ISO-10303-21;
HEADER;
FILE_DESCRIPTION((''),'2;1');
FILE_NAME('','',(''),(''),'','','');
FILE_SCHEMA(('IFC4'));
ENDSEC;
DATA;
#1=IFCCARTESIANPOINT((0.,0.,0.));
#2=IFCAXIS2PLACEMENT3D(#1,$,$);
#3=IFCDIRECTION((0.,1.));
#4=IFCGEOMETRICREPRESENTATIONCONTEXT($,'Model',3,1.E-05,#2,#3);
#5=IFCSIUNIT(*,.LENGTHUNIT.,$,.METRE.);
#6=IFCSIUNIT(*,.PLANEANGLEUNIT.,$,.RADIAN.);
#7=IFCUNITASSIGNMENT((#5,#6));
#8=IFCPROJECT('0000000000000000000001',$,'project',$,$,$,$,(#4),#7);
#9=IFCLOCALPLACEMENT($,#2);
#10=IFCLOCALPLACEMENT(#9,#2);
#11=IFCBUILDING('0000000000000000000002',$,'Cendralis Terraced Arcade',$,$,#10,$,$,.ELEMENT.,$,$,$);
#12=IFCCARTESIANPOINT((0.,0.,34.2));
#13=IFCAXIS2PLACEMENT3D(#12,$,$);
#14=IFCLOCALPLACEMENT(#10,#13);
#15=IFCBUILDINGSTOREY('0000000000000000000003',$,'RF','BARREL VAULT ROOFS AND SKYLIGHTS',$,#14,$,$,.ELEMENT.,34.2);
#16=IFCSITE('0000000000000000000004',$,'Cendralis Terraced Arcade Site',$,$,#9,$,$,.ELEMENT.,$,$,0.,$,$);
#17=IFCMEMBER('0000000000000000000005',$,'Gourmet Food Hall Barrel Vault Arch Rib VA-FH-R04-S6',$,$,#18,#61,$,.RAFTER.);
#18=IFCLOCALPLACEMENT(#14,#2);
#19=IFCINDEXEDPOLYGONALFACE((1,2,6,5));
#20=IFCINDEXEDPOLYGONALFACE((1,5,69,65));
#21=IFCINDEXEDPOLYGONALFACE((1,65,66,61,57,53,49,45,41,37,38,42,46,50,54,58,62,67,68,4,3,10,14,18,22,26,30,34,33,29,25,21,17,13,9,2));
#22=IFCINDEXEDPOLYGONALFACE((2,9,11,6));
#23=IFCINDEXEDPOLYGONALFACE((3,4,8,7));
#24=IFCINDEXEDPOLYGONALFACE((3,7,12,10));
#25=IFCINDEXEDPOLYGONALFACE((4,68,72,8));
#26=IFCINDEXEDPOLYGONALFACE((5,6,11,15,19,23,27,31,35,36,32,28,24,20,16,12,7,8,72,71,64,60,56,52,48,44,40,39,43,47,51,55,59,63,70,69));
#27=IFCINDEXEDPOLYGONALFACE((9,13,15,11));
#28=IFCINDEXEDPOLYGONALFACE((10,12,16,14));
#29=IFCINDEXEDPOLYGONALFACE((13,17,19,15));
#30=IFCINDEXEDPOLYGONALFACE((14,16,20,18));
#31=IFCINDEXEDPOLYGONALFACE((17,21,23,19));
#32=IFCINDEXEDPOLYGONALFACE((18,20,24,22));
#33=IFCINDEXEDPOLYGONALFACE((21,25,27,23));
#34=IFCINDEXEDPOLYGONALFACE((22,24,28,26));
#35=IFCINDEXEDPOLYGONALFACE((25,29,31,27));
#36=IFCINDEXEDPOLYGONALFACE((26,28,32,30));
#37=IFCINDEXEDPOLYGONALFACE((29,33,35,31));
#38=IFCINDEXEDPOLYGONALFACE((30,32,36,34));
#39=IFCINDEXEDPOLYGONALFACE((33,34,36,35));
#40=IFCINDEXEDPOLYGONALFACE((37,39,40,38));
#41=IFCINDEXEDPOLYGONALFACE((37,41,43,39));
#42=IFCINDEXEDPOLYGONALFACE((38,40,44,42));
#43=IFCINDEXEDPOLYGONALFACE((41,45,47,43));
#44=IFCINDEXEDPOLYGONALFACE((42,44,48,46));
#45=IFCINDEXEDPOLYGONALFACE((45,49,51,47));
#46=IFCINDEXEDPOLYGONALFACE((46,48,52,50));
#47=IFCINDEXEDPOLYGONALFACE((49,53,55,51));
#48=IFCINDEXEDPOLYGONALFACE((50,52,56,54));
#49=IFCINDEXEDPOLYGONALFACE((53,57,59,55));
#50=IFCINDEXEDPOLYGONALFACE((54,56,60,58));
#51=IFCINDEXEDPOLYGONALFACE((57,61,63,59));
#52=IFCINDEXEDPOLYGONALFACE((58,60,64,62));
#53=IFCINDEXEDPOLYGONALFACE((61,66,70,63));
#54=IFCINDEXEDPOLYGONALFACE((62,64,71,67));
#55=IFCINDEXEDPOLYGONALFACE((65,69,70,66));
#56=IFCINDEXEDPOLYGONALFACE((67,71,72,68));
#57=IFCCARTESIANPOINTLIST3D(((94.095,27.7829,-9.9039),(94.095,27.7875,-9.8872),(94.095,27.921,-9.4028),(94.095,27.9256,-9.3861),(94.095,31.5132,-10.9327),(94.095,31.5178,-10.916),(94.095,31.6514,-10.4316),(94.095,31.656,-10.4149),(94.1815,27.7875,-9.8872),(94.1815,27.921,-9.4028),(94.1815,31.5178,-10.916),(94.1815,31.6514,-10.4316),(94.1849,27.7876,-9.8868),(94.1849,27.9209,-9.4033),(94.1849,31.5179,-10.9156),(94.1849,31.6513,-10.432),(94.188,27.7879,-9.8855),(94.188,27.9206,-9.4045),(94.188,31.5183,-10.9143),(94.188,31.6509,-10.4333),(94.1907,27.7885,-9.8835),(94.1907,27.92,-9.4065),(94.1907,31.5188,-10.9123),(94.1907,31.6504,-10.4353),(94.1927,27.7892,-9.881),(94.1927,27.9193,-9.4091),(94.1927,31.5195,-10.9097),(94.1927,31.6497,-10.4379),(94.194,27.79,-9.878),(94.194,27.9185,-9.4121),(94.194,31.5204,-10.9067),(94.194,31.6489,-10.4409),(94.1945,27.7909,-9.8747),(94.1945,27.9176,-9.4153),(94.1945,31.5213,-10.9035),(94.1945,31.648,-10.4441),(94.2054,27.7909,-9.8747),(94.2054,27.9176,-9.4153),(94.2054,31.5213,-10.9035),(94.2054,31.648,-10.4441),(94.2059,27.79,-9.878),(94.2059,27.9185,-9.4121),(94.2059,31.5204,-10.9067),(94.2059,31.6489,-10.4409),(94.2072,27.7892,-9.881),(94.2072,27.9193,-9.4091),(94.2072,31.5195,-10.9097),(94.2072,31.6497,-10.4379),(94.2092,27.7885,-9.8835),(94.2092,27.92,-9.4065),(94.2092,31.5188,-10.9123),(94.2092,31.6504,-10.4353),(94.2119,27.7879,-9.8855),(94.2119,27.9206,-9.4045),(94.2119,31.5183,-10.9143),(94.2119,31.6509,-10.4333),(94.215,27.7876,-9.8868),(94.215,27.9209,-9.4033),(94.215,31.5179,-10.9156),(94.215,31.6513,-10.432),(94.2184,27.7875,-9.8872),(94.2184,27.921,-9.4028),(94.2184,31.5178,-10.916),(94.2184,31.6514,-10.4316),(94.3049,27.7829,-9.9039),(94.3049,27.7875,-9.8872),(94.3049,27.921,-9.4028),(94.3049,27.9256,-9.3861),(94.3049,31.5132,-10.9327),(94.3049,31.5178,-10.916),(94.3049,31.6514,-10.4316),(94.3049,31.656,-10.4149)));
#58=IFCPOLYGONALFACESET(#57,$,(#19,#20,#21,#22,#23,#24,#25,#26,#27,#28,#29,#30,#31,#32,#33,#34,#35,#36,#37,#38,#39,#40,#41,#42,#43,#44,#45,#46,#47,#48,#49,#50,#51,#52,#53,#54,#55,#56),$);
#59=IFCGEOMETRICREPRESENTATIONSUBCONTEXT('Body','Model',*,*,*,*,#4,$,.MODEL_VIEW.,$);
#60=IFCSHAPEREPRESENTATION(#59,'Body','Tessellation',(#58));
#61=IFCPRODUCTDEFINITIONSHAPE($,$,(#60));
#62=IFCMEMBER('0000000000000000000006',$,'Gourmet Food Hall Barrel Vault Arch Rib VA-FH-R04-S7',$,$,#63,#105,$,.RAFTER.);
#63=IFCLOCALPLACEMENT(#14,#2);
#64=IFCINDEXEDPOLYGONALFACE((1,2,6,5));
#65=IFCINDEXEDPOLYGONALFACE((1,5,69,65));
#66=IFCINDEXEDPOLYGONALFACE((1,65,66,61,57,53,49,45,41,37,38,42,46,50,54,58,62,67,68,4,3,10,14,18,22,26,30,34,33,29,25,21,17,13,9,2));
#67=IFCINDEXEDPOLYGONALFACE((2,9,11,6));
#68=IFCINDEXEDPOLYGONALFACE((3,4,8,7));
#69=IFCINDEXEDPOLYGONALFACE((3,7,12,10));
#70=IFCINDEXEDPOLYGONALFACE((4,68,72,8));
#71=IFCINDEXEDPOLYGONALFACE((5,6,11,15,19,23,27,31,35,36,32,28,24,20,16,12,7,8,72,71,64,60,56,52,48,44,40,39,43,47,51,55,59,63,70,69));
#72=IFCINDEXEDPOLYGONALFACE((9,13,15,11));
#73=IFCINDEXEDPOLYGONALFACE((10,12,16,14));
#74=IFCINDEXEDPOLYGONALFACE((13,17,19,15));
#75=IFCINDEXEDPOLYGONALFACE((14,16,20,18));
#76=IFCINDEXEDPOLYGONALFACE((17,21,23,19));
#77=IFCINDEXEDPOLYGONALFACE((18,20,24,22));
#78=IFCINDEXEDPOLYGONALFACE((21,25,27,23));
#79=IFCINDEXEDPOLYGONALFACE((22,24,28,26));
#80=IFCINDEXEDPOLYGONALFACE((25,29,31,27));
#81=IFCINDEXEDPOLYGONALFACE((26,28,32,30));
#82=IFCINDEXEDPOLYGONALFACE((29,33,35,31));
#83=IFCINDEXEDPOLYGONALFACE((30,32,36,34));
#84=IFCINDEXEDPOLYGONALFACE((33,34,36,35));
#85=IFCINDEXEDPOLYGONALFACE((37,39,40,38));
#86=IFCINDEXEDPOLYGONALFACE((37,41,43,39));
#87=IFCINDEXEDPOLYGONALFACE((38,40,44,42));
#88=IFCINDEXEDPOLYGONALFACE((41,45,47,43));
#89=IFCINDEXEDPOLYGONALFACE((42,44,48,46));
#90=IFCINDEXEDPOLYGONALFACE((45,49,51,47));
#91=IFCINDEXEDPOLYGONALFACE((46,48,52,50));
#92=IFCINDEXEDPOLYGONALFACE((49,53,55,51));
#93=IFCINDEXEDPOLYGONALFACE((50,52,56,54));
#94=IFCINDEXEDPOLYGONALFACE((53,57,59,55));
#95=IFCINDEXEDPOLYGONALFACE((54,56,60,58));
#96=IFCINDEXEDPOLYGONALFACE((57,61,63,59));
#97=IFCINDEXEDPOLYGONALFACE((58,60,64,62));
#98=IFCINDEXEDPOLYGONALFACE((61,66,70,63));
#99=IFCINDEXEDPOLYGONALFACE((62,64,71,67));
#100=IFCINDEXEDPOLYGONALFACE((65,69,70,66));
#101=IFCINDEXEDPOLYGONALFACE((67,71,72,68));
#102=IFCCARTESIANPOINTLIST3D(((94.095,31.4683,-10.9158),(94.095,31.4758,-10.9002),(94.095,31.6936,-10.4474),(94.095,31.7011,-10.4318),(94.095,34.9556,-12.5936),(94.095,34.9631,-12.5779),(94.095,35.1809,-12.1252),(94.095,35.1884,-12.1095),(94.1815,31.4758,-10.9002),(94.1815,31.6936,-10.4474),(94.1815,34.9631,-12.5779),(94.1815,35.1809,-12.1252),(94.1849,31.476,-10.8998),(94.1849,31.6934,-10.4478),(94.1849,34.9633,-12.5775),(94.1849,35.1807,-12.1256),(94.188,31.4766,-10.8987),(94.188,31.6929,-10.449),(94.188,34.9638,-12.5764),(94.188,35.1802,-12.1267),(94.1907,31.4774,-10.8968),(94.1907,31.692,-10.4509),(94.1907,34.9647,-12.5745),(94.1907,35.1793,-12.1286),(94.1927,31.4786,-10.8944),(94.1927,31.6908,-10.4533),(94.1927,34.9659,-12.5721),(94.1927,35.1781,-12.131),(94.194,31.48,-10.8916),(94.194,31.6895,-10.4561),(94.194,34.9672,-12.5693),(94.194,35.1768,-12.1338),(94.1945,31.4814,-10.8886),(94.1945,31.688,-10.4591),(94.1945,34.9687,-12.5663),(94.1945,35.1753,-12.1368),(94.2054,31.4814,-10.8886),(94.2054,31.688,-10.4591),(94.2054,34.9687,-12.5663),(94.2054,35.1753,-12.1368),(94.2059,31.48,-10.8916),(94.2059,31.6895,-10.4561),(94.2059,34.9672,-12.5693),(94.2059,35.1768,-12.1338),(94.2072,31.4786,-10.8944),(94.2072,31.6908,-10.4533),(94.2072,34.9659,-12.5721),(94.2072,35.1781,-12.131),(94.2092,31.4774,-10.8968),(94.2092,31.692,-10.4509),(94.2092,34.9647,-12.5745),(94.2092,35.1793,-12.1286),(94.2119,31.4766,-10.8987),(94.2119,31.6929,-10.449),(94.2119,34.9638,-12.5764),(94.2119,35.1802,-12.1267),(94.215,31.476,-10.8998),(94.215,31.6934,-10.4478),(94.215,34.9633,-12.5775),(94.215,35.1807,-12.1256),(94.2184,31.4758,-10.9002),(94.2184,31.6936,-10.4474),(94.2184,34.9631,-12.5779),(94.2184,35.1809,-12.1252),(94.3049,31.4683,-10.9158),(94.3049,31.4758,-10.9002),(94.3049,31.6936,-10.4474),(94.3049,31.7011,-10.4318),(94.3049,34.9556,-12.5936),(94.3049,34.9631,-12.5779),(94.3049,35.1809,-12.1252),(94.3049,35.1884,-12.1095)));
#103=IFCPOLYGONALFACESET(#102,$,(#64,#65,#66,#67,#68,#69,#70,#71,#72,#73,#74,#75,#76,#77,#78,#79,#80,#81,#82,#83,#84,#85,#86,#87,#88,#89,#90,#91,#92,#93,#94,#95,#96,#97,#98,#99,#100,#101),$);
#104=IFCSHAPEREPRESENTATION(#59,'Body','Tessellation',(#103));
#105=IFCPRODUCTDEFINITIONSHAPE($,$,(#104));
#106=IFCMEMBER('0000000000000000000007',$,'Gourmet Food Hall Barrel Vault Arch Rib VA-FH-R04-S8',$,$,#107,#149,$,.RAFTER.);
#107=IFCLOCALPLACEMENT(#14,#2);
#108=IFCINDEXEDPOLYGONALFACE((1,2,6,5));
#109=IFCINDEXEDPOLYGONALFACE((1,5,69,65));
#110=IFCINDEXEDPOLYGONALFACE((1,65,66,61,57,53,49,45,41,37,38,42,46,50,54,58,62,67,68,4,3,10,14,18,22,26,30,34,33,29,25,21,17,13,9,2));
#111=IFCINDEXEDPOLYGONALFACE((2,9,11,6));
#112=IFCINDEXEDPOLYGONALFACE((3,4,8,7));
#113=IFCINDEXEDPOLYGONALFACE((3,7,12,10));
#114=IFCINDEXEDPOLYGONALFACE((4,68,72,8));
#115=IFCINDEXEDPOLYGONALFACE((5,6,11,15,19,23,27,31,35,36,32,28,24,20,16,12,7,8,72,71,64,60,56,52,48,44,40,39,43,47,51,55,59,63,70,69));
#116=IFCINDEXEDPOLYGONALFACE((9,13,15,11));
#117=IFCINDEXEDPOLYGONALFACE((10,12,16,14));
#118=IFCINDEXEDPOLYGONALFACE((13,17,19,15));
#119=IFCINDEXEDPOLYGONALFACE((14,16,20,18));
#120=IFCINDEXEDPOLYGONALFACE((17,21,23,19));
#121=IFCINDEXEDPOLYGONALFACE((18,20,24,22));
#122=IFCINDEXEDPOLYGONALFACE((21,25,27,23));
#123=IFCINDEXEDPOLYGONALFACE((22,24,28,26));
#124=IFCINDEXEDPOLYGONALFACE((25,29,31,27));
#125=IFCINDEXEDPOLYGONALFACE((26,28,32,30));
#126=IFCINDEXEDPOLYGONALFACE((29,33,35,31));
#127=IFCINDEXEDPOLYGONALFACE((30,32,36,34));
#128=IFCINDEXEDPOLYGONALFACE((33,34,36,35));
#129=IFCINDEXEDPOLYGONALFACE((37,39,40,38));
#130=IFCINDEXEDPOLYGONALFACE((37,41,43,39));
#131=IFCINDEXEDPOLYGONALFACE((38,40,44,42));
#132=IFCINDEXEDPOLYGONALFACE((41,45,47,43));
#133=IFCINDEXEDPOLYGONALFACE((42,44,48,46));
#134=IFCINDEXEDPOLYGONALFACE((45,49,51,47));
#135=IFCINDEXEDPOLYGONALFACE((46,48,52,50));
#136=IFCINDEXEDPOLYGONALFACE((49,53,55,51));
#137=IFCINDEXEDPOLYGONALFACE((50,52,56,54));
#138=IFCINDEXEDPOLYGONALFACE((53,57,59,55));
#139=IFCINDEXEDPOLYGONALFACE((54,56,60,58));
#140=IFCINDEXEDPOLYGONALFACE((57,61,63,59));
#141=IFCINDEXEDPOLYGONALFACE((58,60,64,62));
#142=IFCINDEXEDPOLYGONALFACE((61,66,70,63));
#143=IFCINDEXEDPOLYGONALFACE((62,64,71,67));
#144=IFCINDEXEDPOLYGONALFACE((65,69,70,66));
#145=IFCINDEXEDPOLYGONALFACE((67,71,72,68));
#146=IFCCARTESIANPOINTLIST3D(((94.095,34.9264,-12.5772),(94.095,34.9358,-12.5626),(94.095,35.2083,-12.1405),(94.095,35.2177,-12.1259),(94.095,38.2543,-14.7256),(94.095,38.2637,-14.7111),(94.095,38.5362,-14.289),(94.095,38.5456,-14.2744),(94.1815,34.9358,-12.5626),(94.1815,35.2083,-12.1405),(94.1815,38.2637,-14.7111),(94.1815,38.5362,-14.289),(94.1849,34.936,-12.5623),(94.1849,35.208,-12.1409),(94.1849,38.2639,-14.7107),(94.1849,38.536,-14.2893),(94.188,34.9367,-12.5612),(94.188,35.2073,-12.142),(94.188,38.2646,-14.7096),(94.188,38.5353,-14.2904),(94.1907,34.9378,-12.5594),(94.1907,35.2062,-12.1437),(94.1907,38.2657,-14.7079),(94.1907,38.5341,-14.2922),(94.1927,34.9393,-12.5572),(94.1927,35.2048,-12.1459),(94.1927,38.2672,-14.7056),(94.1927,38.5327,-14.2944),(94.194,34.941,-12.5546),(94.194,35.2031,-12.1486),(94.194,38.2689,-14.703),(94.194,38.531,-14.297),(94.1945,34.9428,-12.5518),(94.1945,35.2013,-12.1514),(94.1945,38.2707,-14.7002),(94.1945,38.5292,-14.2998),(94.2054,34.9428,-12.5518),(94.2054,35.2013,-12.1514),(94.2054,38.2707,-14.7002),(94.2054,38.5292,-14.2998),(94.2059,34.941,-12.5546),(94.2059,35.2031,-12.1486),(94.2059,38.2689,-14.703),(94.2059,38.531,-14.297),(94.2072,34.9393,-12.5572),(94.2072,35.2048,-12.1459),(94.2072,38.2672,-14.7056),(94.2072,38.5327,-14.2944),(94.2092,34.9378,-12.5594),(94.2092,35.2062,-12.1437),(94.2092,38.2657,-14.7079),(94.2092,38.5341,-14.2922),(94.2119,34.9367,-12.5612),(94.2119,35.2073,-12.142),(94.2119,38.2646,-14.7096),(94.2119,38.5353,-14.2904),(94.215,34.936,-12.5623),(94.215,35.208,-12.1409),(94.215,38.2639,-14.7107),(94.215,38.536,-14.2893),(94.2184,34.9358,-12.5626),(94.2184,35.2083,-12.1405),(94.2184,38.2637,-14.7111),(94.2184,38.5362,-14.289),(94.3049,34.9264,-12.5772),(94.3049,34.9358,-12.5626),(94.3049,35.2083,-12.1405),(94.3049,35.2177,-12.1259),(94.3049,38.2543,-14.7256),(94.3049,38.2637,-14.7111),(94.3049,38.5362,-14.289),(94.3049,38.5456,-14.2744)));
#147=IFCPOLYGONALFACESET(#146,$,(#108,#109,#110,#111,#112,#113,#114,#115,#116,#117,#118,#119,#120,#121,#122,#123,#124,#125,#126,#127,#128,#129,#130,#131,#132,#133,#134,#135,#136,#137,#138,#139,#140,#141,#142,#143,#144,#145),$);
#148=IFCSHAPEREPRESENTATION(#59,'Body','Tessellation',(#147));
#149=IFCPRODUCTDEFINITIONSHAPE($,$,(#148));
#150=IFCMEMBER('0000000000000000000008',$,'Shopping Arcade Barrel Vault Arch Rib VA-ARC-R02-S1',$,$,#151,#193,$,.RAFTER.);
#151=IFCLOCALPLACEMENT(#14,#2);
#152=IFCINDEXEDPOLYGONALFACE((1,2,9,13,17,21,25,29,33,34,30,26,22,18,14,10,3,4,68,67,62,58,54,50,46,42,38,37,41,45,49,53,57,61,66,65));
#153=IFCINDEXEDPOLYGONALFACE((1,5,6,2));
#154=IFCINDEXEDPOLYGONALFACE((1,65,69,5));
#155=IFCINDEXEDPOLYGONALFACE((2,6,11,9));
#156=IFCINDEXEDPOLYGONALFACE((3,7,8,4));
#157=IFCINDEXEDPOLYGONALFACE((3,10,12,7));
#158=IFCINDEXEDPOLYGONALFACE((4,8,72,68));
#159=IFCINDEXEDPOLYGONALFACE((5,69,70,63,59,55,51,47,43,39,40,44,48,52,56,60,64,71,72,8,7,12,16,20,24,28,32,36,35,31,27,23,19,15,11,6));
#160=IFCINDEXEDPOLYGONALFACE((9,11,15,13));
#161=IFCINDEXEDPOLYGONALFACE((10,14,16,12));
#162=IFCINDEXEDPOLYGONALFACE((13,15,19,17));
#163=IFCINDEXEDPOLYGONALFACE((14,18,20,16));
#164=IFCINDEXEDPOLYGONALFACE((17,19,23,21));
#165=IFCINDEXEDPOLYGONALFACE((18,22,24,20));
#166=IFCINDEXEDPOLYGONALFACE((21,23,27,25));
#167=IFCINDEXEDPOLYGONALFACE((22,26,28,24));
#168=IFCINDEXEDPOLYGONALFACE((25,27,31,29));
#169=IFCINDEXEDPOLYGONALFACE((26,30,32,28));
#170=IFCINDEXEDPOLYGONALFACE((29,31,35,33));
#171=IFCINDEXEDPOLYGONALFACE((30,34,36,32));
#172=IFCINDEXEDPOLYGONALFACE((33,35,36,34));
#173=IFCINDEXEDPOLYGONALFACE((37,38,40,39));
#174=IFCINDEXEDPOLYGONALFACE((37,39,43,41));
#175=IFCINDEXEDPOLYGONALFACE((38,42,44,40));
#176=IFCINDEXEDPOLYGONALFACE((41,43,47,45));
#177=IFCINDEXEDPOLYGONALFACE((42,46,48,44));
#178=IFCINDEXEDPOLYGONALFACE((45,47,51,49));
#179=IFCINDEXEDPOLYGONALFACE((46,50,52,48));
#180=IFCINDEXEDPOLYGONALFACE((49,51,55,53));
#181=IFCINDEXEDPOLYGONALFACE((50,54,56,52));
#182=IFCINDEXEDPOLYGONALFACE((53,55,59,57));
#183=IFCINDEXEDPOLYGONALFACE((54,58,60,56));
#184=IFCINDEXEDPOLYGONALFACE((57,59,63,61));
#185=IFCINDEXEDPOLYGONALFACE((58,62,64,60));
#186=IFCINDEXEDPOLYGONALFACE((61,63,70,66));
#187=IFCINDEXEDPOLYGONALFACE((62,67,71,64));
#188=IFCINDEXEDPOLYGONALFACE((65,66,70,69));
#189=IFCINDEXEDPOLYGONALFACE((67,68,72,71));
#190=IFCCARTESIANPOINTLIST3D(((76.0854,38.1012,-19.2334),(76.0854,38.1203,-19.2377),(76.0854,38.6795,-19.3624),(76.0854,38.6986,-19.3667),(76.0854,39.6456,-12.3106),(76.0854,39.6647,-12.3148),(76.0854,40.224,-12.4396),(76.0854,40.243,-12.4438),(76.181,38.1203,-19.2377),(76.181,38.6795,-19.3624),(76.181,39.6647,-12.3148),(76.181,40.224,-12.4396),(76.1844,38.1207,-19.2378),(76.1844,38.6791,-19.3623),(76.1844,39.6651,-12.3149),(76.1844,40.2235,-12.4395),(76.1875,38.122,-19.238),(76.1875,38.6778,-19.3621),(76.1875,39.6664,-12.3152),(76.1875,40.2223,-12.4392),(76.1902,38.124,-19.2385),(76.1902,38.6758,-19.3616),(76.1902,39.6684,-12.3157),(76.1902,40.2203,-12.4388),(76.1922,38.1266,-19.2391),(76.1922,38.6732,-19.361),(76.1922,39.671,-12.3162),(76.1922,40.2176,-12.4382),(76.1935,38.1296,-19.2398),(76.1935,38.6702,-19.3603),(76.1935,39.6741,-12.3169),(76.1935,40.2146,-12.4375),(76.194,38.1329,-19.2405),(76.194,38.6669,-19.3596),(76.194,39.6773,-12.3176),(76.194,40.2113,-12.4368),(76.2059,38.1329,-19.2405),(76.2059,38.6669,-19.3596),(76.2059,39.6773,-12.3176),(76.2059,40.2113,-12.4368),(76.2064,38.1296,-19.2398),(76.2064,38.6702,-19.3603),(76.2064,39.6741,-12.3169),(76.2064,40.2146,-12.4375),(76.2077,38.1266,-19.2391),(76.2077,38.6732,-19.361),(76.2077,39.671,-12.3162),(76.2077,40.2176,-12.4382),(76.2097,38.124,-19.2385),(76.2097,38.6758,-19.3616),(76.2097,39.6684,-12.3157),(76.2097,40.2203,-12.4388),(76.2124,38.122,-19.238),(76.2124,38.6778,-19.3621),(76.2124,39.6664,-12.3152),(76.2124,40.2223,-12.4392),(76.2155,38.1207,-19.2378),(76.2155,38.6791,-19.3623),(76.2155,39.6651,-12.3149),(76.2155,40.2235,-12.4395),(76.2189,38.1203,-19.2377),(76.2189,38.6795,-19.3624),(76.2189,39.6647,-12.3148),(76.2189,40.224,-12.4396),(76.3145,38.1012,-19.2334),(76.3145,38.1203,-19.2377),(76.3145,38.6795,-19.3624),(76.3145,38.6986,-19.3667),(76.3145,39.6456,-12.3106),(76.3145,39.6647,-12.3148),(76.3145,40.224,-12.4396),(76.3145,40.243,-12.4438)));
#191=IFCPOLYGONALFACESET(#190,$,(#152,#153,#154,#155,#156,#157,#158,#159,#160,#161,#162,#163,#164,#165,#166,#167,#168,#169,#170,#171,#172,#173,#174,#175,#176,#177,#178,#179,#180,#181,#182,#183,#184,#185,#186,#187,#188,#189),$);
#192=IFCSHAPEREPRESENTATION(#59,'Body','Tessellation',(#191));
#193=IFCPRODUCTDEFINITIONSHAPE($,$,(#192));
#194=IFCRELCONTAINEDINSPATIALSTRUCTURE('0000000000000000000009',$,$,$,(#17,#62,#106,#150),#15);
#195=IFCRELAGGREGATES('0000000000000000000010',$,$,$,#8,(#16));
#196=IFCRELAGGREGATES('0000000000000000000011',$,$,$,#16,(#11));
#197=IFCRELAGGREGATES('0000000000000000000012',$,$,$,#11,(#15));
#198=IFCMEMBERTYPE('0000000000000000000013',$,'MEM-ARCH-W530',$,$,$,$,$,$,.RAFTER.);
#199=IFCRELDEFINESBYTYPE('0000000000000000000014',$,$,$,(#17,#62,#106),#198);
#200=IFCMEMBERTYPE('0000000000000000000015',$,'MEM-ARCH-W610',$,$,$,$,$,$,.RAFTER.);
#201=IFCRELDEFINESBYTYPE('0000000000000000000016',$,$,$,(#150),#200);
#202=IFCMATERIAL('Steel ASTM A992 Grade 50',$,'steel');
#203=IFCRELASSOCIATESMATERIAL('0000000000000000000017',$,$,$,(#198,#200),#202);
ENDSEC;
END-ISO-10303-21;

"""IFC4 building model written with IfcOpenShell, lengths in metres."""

from ifc_helpers import new_model, si_unit, direction, frame, origin, origin_2d, place, context, subcontext, project, spatial, i_section, extrude, material, material_profile, profile_set, type_object, element, save


model = new_model("IFC4")

# Units and contexts
model_context = context("Model", 3, precision=1e-05, world=origin(), true_north=direction((0.0, 1.0)))
body_context = subcontext(model_context, "Body", "Model", "MODEL_VIEW")
ifc_project = project(units=[si_unit("LENGTHUNIT", "METRE"), si_unit("PLANEANGLEUNIT", "RADIAN")], contexts=[model_context])

# Site, building, storey
site_placement = place(None, origin())
site = spatial("IfcSite", under=ifc_project, at=site_placement, Name="Cendralis Terraced Arcade Site", CompositionType="ELEMENT", RefElevation=0.0)
building_placement = place(site_placement, origin())
building = spatial("IfcBuilding", under=site, at=building_placement, Name="Cendralis Terraced Arcade", CompositionType="ELEMENT")
storey_placement = place(building_placement, frame((0.0, 0.0, 34.2)))
storey = spatial("IfcBuildingStorey", under=building, at=storey_placement, Name="RF", Description="BARREL VAULT ROOFS AND SKYLIGHTS", CompositionType="ELEMENT", Elevation=34.2)

# Members
ifc_material_1 = material(Name="Steel ASTM A992 Grade 50", Category="steel")
ifc_material_profile_1 = material_profile(ifc_material_1, i_section(OverallWidth=0.21, OverallDepth=0.5371, WebThickness=0.011, FlangeThickness=0.0173, FilletRadius=0.0129, at=origin_2d()), Name="W530X101", Category="LoadBearing")
ifc_profile_set_1 = profile_set([ifc_material_profile_1], Name="Steel ASTM A992 Grade 50")
member_type_1 = type_object("IfcMemberType", Name="MEM-ARCH-W530", PredefinedType="RAFTER", material=ifc_profile_set_1)
member_1_placement = place(storey_placement, frame((94.2, 27.8542, -9.645), z_axis=(0.0, 0.964012, -0.26586), x_axis=(-1.0, 0.0, 0.0)))
element("IfcMember", 1, at=member_1_placement, inside=storey, type_object=member_type_1, Name="Gourmet Food Hall Barrel Vault Arch Rib VA-FH-R04-S6", PredefinedType="RAFTER", context=body_context, shape_type="SweptSolid", body=[
    extrude(i_section(OverallWidth=0.21, OverallDepth=0.5371, WebThickness=0.011, FlangeThickness=0.0173, FilletRadius=0.0129, at=origin_2d()), origin(), (0.0, 0.0, 1.0), 3.8696),
])
member_2_placement = place(storey_placement, frame((94.2, 31.5847, -10.6738), z_axis=(0.0, 0.901137, -0.433535), x_axis=(-1.0, 0.0, 0.0)))
element("IfcMember", 2, at=member_2_placement, inside=storey, type_object=member_type_1, Name="Gourmet Food Hall Barrel Vault Arch Rib VA-FH-R04-S7", PredefinedType="RAFTER", context=body_context, shape_type="SweptSolid", body=[
    extrude(i_section(OverallWidth=0.21, OverallDepth=0.5371, WebThickness=0.011, FlangeThickness=0.0173, FilletRadius=0.0129, at=origin_2d()), origin(), (0.0, 0.0, 1.0), 3.8699),
])
member_3_placement = place(storey_placement, frame((94.2, 35.072, -12.3516), z_axis=(0.0, 0.840134, -0.54238), x_axis=(-1.0, 0.0, 0.0)))
element("IfcMember", 3, at=member_3_placement, inside=storey, type_object=member_type_1, Name="Gourmet Food Hall Barrel Vault Arch Rib VA-FH-R04-S8", PredefinedType="RAFTER", context=body_context, shape_type="SweptSolid", body=[
    extrude(i_section(OverallWidth=0.21, OverallDepth=0.5371, WebThickness=0.011, FlangeThickness=0.0173, FilletRadius=0.0129, at=origin_2d()), origin(), (0.0, 0.0, 1.0), 3.9612),
])
ifc_material_profile_2 = material_profile(ifc_material_1, i_section(OverallWidth=0.229, OverallDepth=0.6121, WebThickness=0.012, FlangeThickness=0.0195, FilletRadius=0.0129, at=origin_2d()), Name="W610X125", Category="LoadBearing")
ifc_profile_set_2 = profile_set([ifc_material_profile_2], Name="Steel ASTM A992 Grade 50")
member_type_2 = type_object("IfcMemberType", Name="MEM-ARCH-W610", PredefinedType="RAFTER", material=ifc_profile_set_2)
for number, where, z_axis, x_axis, name in (
    (4, (76.2, 38.3999, -19.3), (0.0, 0.217739, 0.976007), (-1.0, 0.0, 0.0), "Shopping Arcade Barrel Vault Arch Rib VA-ARC-R02-S1"),
):
    element("IfcMember", number, at=place(storey_placement, frame(where, z_axis=z_axis, x_axis=x_axis)), inside=storey, type_object=member_type_2, Name=name, PredefinedType="RAFTER", context=body_context, shape_type="SweptSolid", body=[
        extrude(i_section(OverallWidth=0.229, OverallDepth=0.6121, WebThickness=0.012, FlangeThickness=0.0195, FilletRadius=0.0129, at=origin_2d()), origin(), (0.0, 0.0, 1.0), 7.093),
    ])

save(model, "model.ifc")
